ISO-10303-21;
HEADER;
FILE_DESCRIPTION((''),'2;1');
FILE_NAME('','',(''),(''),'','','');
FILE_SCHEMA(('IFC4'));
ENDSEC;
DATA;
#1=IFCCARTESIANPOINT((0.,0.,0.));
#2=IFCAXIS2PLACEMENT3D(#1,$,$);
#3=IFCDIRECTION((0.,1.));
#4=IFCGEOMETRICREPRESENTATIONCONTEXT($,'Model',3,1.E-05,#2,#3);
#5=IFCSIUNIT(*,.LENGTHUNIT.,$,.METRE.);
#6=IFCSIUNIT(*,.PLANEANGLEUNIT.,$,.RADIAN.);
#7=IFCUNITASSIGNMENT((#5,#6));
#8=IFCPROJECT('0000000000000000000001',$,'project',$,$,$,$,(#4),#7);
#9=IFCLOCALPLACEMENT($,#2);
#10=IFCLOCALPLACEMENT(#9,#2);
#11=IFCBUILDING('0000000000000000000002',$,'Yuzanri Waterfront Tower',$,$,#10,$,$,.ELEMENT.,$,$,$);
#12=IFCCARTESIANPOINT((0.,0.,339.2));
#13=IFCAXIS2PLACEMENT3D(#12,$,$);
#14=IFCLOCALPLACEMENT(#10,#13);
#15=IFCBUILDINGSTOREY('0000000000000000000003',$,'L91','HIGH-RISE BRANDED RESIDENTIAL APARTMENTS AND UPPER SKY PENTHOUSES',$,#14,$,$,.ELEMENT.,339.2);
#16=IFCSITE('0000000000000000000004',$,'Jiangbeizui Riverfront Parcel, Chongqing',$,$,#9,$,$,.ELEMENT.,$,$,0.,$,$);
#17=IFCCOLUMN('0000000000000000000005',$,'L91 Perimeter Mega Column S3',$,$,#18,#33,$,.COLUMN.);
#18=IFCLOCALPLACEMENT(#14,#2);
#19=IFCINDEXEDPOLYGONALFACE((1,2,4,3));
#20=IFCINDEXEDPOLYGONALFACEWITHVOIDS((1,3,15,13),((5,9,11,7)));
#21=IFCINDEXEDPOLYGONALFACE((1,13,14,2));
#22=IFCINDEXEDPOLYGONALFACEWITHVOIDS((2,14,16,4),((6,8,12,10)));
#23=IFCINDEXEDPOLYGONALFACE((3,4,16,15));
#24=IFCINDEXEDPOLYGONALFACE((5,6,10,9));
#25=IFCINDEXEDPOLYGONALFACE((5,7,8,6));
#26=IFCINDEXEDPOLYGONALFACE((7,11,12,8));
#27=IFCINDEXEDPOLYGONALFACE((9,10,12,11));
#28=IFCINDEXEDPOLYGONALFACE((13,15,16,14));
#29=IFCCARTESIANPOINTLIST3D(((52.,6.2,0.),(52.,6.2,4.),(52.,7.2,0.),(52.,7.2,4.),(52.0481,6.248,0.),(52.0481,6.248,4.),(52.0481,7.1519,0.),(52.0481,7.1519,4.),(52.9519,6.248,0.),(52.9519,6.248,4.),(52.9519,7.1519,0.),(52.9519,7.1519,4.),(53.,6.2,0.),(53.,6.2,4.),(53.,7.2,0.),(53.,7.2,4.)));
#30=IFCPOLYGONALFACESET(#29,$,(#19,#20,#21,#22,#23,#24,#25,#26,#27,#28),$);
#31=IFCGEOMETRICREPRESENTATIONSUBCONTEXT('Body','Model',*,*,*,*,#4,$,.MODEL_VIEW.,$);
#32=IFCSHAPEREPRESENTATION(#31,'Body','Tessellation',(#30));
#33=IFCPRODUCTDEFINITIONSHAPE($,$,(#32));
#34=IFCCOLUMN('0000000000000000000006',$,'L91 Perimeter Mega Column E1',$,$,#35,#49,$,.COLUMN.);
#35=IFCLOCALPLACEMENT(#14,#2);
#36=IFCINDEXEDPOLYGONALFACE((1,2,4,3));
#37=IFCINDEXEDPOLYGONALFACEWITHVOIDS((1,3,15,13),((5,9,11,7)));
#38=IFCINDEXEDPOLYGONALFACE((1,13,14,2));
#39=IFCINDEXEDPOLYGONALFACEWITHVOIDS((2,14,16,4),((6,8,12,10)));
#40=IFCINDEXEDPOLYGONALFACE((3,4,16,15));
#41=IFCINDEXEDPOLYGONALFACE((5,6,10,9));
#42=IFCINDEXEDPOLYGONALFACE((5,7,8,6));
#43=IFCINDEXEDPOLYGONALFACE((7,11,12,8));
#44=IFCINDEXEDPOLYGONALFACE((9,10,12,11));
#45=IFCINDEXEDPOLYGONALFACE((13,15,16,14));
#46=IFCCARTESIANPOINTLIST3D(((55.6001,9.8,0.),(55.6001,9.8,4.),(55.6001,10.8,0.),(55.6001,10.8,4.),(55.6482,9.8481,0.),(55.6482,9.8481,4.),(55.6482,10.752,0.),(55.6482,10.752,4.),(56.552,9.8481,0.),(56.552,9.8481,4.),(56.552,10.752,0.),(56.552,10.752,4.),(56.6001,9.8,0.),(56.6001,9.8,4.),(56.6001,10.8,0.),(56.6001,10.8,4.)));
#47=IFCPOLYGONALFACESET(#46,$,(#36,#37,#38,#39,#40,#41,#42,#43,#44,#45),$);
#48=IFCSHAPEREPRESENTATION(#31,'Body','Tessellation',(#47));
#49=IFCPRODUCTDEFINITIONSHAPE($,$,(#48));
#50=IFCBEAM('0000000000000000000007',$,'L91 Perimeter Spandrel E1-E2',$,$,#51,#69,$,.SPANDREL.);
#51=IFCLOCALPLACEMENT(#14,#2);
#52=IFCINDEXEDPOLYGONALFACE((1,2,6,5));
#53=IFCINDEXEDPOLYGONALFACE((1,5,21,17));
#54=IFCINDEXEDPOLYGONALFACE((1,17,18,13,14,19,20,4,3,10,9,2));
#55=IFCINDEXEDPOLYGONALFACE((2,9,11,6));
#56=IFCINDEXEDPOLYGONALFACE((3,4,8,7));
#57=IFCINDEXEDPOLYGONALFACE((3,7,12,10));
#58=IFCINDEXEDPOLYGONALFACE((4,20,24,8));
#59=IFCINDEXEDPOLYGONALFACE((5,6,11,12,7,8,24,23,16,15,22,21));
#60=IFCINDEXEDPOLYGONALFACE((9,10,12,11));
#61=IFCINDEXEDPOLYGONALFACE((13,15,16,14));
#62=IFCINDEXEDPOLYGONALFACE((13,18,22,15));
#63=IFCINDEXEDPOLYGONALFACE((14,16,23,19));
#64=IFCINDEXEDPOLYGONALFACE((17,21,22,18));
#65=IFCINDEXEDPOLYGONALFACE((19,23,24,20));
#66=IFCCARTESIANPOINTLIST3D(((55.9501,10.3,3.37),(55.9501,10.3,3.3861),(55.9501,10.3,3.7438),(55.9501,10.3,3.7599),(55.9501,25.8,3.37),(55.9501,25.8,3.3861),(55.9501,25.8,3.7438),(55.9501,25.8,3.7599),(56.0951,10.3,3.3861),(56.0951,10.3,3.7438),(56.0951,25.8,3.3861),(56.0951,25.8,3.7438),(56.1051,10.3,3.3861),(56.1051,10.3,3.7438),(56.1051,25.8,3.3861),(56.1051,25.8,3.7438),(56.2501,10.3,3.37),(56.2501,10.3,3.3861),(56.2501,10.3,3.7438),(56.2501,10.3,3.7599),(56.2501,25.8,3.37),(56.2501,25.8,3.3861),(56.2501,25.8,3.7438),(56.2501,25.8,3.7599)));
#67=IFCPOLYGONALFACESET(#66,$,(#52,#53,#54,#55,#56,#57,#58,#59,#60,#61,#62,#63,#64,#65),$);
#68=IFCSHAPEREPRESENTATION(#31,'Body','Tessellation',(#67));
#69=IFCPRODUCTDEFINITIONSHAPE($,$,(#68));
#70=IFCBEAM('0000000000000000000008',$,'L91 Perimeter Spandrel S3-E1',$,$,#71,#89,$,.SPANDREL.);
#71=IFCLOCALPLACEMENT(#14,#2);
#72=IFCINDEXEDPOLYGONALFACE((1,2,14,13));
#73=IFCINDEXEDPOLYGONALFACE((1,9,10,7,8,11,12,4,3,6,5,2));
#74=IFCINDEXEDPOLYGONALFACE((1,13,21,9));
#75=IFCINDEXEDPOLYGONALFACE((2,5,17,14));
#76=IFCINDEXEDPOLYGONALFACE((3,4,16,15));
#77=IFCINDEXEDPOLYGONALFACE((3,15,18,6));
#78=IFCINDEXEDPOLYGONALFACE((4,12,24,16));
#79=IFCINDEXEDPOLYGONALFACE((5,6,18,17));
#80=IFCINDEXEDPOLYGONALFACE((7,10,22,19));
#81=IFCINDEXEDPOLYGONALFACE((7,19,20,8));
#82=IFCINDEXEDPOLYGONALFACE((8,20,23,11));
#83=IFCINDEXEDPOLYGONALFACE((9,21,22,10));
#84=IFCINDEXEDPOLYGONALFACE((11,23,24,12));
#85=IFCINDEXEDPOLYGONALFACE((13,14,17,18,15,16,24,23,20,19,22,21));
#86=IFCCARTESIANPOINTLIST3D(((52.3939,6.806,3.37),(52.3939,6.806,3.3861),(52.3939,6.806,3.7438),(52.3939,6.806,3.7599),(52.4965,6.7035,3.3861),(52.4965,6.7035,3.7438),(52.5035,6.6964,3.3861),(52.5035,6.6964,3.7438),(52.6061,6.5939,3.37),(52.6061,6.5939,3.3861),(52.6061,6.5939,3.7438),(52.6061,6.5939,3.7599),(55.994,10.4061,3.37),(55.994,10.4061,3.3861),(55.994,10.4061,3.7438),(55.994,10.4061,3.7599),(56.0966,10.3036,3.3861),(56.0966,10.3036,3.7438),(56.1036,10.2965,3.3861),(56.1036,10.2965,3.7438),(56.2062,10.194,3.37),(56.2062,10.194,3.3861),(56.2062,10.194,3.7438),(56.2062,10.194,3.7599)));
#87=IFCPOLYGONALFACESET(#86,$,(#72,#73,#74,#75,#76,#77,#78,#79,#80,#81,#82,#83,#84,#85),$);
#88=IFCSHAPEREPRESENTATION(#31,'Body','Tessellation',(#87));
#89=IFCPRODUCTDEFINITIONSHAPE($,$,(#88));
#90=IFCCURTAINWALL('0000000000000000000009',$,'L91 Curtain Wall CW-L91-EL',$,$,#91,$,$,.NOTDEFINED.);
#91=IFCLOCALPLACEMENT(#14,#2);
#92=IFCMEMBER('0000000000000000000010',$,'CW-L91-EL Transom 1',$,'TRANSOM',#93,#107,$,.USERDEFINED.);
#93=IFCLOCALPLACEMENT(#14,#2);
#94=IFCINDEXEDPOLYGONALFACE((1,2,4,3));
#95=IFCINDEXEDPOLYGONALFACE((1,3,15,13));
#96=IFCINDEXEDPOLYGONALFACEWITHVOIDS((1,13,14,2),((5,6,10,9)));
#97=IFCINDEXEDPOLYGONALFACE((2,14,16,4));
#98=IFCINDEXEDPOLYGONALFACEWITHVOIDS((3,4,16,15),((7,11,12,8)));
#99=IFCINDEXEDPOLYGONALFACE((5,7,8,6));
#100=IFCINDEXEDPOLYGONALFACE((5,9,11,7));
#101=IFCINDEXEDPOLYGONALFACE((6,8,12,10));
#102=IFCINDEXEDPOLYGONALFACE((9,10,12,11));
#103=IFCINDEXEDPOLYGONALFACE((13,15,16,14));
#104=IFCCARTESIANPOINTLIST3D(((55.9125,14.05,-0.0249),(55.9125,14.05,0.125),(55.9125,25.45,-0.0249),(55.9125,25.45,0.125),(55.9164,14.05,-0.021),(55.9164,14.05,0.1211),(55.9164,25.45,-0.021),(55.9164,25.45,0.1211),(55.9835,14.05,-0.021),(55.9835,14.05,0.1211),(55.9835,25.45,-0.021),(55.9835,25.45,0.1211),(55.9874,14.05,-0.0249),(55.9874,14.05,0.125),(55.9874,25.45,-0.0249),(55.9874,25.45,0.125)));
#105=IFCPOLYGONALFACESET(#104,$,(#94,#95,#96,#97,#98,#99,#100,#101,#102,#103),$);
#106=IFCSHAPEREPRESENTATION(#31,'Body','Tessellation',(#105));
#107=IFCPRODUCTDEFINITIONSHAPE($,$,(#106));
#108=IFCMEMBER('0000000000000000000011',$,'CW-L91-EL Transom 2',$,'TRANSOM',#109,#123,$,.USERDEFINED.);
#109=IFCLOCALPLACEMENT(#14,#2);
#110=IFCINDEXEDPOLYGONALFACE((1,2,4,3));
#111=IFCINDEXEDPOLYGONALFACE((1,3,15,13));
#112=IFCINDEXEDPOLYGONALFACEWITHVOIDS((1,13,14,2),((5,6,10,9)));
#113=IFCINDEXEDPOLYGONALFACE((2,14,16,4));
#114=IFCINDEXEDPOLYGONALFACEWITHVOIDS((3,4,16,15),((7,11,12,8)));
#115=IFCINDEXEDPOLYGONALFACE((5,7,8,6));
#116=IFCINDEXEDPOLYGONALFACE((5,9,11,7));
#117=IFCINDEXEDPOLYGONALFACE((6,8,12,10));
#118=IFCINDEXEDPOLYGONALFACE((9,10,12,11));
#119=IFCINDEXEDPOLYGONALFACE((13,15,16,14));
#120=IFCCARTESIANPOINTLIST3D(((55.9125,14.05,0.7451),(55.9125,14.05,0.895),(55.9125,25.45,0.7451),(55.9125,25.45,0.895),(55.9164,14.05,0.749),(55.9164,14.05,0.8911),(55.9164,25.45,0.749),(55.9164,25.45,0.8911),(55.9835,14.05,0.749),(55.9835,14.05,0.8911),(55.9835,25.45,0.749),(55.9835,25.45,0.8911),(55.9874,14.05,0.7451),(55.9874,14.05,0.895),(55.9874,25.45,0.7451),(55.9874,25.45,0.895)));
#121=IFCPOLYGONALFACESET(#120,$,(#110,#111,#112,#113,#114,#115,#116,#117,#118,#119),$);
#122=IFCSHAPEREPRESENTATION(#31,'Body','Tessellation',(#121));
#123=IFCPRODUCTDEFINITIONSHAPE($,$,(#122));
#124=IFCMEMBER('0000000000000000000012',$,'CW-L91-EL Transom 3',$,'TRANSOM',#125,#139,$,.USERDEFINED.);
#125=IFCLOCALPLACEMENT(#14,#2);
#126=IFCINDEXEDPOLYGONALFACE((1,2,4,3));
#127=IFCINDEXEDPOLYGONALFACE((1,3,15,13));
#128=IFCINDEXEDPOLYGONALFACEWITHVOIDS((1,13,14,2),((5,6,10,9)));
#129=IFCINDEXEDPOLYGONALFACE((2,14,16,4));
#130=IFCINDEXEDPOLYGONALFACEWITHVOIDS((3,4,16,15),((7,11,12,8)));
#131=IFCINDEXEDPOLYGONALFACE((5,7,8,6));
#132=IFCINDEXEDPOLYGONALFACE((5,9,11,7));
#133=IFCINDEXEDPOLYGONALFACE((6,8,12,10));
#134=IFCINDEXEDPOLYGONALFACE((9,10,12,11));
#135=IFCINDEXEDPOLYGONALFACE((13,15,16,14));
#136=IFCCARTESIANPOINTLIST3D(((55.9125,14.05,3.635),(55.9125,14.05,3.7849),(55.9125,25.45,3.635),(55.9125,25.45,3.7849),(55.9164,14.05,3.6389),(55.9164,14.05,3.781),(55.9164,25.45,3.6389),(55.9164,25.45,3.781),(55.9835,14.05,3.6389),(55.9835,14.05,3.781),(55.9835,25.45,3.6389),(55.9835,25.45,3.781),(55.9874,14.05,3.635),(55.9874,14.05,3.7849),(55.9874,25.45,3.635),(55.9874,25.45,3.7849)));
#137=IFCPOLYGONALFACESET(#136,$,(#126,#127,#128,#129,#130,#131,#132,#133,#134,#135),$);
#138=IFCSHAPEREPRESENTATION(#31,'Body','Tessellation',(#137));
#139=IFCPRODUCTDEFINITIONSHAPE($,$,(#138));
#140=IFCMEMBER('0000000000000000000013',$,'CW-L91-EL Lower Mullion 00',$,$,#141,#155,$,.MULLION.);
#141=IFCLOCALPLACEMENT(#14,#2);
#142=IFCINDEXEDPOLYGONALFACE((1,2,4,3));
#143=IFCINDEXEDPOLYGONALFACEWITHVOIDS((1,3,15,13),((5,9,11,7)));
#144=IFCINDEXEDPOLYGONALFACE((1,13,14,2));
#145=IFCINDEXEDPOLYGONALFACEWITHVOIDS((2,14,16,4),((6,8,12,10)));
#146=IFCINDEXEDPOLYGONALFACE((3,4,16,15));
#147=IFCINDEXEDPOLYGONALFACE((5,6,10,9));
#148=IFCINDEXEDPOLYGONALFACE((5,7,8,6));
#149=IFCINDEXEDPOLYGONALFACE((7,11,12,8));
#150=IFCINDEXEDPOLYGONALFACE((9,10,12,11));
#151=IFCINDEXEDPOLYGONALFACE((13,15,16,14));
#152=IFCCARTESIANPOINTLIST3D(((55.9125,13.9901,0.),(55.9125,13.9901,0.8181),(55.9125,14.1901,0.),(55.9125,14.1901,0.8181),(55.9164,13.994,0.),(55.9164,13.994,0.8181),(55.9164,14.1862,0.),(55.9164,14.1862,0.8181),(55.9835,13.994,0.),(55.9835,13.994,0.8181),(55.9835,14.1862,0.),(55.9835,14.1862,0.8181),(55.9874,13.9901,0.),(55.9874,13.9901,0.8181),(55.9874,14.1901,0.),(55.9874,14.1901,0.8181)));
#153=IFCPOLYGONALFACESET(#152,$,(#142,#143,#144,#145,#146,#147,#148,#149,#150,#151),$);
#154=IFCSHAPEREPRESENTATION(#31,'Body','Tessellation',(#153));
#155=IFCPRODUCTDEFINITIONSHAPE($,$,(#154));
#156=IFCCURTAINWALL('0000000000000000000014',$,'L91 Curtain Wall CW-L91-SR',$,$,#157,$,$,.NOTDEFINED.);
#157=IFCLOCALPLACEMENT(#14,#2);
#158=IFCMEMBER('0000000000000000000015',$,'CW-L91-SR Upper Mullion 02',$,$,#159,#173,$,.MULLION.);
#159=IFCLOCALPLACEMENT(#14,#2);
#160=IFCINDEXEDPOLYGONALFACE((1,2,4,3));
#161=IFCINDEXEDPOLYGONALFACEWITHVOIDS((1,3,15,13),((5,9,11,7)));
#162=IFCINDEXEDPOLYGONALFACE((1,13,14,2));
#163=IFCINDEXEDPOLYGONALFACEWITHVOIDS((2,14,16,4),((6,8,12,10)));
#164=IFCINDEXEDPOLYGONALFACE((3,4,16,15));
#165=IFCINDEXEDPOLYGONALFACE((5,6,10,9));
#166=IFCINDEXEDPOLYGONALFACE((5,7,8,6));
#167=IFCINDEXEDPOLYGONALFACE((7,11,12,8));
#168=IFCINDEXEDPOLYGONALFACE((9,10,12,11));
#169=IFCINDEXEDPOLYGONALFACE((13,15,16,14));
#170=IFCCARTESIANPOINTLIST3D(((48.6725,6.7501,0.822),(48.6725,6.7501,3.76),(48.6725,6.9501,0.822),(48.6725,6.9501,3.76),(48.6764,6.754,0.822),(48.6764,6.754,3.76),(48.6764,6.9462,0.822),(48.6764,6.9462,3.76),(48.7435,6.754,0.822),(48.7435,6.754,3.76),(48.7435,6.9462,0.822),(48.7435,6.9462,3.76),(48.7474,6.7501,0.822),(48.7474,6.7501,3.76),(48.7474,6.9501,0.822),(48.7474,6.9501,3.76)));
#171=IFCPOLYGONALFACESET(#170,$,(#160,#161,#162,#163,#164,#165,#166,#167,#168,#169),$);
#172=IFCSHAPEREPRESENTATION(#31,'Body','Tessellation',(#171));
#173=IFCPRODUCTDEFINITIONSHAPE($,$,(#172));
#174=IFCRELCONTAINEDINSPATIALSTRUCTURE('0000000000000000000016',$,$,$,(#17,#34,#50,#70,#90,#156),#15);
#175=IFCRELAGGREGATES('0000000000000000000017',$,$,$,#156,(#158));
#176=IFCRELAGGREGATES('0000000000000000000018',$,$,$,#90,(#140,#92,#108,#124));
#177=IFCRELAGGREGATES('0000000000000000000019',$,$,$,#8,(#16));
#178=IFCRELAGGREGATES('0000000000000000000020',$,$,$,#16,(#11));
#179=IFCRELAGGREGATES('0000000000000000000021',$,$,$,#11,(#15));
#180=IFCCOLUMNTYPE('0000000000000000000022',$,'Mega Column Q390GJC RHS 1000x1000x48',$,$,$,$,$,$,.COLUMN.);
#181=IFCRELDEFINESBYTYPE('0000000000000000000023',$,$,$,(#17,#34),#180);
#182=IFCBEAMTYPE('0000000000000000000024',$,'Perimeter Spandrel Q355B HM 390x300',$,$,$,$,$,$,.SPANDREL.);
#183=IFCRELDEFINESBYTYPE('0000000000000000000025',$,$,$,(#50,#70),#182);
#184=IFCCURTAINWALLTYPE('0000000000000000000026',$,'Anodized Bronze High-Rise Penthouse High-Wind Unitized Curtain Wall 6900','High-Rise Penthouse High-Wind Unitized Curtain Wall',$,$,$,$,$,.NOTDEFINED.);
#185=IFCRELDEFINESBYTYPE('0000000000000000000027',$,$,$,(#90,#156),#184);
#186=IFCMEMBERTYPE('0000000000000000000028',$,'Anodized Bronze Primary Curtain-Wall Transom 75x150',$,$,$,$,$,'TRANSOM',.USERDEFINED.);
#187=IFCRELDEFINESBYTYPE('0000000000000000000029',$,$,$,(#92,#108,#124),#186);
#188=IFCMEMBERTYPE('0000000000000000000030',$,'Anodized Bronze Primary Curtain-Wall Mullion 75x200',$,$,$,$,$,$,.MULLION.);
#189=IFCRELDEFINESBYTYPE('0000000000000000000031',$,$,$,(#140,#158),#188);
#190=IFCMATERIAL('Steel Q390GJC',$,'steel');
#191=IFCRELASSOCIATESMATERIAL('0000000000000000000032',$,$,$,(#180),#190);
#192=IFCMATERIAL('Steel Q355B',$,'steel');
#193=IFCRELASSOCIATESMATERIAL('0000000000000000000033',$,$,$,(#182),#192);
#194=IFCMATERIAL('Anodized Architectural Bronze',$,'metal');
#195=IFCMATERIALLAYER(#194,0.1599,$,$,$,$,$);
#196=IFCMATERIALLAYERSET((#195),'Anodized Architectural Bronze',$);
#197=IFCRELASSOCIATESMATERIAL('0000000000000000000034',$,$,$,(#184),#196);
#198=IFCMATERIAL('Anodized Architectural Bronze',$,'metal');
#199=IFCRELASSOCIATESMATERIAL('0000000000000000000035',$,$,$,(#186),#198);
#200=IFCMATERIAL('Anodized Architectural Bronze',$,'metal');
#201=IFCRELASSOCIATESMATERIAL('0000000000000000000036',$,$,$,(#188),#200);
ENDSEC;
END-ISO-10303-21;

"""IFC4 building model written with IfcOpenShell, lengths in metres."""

from ifc_helpers import new_model, si_unit, direction, frame, origin, origin_2d, place, context, subcontext, project, spatial, hollow_rectangle, i_section, extrude, source, transform, mapped, material, layer, layer_set, material_profile, profile_set, type_object, element, aggregate, save


model = new_model("IFC4")

# Units and contexts
model_context = context("Model", 3, precision=1e-05, world=origin(), true_north=direction((0.0, 1.0)))
body_context = subcontext(model_context, "Body", "Model", "MODEL_VIEW")
ifc_project = project(units=[si_unit("LENGTHUNIT", "METRE"), si_unit("PLANEANGLEUNIT", "RADIAN")], contexts=[model_context])

# Site, building, storey
site_placement = place(None, origin())
site = spatial("IfcSite", under=ifc_project, at=site_placement, Name="Jiangbeizui Riverfront Parcel, Chongqing", CompositionType="ELEMENT", RefElevation=0.0)
building_placement = place(site_placement, origin())
building = spatial("IfcBuilding", under=site, at=building_placement, Name="Yuzanri Waterfront Tower", CompositionType="ELEMENT")
storey_placement = place(building_placement, frame((0.0, 0.0, 339.2)))
storey = spatial("IfcBuildingStorey", under=building, at=storey_placement, Name="L91", Description="HIGH-RISE BRANDED RESIDENTIAL APARTMENTS AND UPPER SKY PENTHOUSES", CompositionType="ELEMENT", Elevation=339.2)

# Columns
ifc_material_1 = material(Name="Steel Q390GJC", Category="steel")
ifc_material_profile_1 = material_profile(ifc_material_1, hollow_rectangle(XDim=1.0, YDim=1.0, WallThickness=0.0481, at=origin_2d()), Name="RHS 1000x1000x48")
ifc_profile_set_1 = profile_set([ifc_material_profile_1], Name="Steel Q390GJC")
column_type = type_object("IfcColumnType", Name="Mega Column Q390GJC RHS 1000x1000x48", PredefinedType="COLUMN", material=ifc_profile_set_1)
shared_shape_1 = source(origin(), body_context, "Body", "SweptSolid", [
    extrude(hollow_rectangle(XDim=1.0, YDim=1.0, WallThickness=0.0481, at=origin_2d()), origin(), (0.0, 0.0, 1.0), 4.0),
])
for number, where, z_axis, x_axis, name in (
    (1, (52.5, 6.7, 0.0), (0.0, 0.0, 1.0), (1.0, 0.0, 0.0), "L91 Perimeter Mega Column S3"),
    (2, (56.1001, 10.3, 0.0), (0.0, 0.0, 1.0), (1.0, 0.0, 0.0), "L91 Perimeter Mega Column E1"),
):
    element("IfcColumn", number, at=place(storey_placement, frame(where, z_axis=z_axis, x_axis=x_axis)), inside=storey, type_object=column_type, Name=name, PredefinedType="COLUMN", context=body_context, shape_type="MappedRepresentation", body=[
        mapped(shared_shape_1, transform((0.0, 0.0, 0.0), scale=1.0)),
    ])

# Beams
ifc_material_2 = material(Name="Steel Q355B", Category="steel")
ifc_material_profile_2 = material_profile(ifc_material_2, i_section(OverallWidth=0.3, OverallDepth=0.3899, WebThickness=0.01, FlangeThickness=0.0161, at=origin_2d()), Name="HM 390x300x10x16")
ifc_profile_set_2 = profile_set([ifc_material_profile_2], Name="Steel Q355B")
beam_type = type_object("IfcBeamType", Name="Perimeter Spandrel Q355B HM 390x300", PredefinedType="SPANDREL", material=ifc_profile_set_2)
shared_shape_2 = source(origin(), body_context, "Body", "SweptSolid", [
    extrude(i_section(OverallWidth=0.3, OverallDepth=0.3899, WebThickness=0.01, FlangeThickness=0.0161, at=origin_2d()), origin(), (0.0, 0.0, 1.0), 15.5),
])
beam_1_placement = place(storey_placement, frame((56.1001, 10.3, 3.5649), z_axis=(0.0, 1.0, 0.0), x_axis=(-1.0, 0.0, 0.0)))
element("IfcBeam", 3, at=beam_1_placement, inside=storey, type_object=beam_type, Name="L91 Perimeter Spandrel E1-E2", PredefinedType="SPANDREL", context=body_context, shape_type="MappedRepresentation", body=[
    mapped(shared_shape_2, transform((0.0, 0.0, 0.0), scale=1.0)),
])
shared_shape_3 = source(origin(), body_context, "Body", "SweptSolid", [
    extrude(i_section(OverallWidth=0.3, OverallDepth=0.3899, WebThickness=0.01, FlangeThickness=0.0161, at=origin_2d()), origin(), (0.0, 0.0, 1.0), 5.0913),
])
beam_2_placement = place(storey_placement, frame((52.5, 6.7, 3.5649), z_axis=(0.707107, 0.707107, 0.0), x_axis=(-0.707107, 0.707107, 0.0)))
element("IfcBeam", 4, at=beam_2_placement, inside=storey, type_object=beam_type, Name="L91 Perimeter Spandrel S3-E1", PredefinedType="SPANDREL", context=body_context, shape_type="MappedRepresentation", body=[
    mapped(shared_shape_3, transform((0.0, 0.0, 0.0), scale=1.0)),
])

# Curtain wall, members
ifc_material_3 = material(Name="Anodized Architectural Bronze", Category="metal")
ifc_layer_1 = layer(ifc_material_3, 0.1599)
ifc_layer_set_1 = layer_set([ifc_layer_1], Name="Anodized Architectural Bronze")
curtain_wall_type = type_object("IfcCurtainWallType", Name="Anodized Bronze High-Rise Penthouse High-Wind Unitized Curtain Wall 6900", Description="High-Rise Penthouse High-Wind Unitized Curtain Wall", PredefinedType="NOTDEFINED", material=ifc_layer_set_1)
curtain_wall_1_placement = place(storey_placement, origin())
curtain_wall_1 = element("IfcCurtainWall", 5, at=curtain_wall_1_placement, inside=storey, type_object=curtain_wall_type, Name="L91 Curtain Wall CW-L91-EL", PredefinedType="NOTDEFINED")
ifc_material_4 = material(Name="Anodized Architectural Bronze", Category="metal")
ifc_material_profile_3 = material_profile(ifc_material_4, hollow_rectangle(XDim=0.075, YDim=0.1499, WallThickness=0.0039, at=origin_2d()), Name="CWT 75x150")
ifc_profile_set_3 = profile_set([ifc_material_profile_3], Name="Anodized Architectural Bronze")
member_type_1 = type_object("IfcMemberType", Name="Anodized Bronze Primary Curtain-Wall Transom 75x150", ElementType="TRANSOM", PredefinedType="USERDEFINED", material=ifc_profile_set_3)
shared_shape_4 = source(origin(), body_context, "Body", "SweptSolid", [
    extrude(hollow_rectangle(XDim=0.075, YDim=0.1499, WallThickness=0.0039, at=origin_2d()), origin(), (0.0, 0.0, 1.0), 11.3999),
])
member_1_placement = place(storey_placement, frame((55.95, 14.05, 0.05), z_axis=(0.0, 1.0, 0.0), x_axis=(-1.0, 0.0, 0.0)))
member_1 = element("IfcMember", 6, at=member_1_placement, type_object=member_type_1, Name="CW-L91-EL Transom 1", ObjectType="TRANSOM", PredefinedType="USERDEFINED", context=body_context, shape_type="MappedRepresentation", body=[
    mapped(shared_shape_4, transform((0.0, 0.0, 0.0), scale=1.0)),
])
member_2_placement = place(storey_placement, frame((55.95, 14.05, 0.8201), z_axis=(0.0, 1.0, 0.0), x_axis=(-1.0, 0.0, 0.0)))
member_2 = element("IfcMember", 7, at=member_2_placement, type_object=member_type_1, Name="CW-L91-EL Transom 2", ObjectType="TRANSOM", PredefinedType="USERDEFINED", context=body_context, shape_type="MappedRepresentation", body=[
    mapped(shared_shape_4, transform((0.0, 0.0, 0.0), scale=1.0)),
])
member_3_placement = place(storey_placement, frame((55.95, 14.05, 3.71), z_axis=(0.0, 1.0, 0.0), x_axis=(-1.0, 0.0, 0.0)))
member_3 = element("IfcMember", 8, at=member_3_placement, type_object=member_type_1, Name="CW-L91-EL Transom 3", ObjectType="TRANSOM", PredefinedType="USERDEFINED", context=body_context, shape_type="MappedRepresentation", body=[
    mapped(shared_shape_4, transform((0.0, 0.0, 0.0), scale=1.0)),
])
ifc_material_5 = material(Name="Anodized Architectural Bronze", Category="metal")
ifc_material_profile_4 = material_profile(ifc_material_5, hollow_rectangle(XDim=0.075, YDim=0.2, WallThickness=0.0039, at=origin_2d()), Name="CWM 75x200")
ifc_profile_set_4 = profile_set([ifc_material_profile_4], Name="Anodized Architectural Bronze")
member_type_2 = type_object("IfcMemberType", Name="Anodized Bronze Primary Curtain-Wall Mullion 75x200", PredefinedType="MULLION", material=ifc_profile_set_4)
shared_shape_5 = source(origin(), body_context, "Body", "SweptSolid", [
    extrude(hollow_rectangle(XDim=0.075, YDim=0.2, WallThickness=0.0039, at=origin_2d()), origin(), (0.0, 0.0, 1.0), 0.8181),
])
member_4_placement = place(storey_placement, frame((55.95, 14.0901, 0.0), z_axis=(0.0, 0.0, 1.0), x_axis=(1.0, 0.0, 0.0)))
member_4 = element("IfcMember", 9, at=member_4_placement, type_object=member_type_2, Name="CW-L91-EL Lower Mullion 00", PredefinedType="MULLION", context=body_context, shape_type="MappedRepresentation", body=[
    mapped(shared_shape_5, transform((0.0, 0.0, 0.0), scale=1.0)),
])

# Curtain wall, member
curtain_wall_2_placement = place(storey_placement, origin())
curtain_wall_2 = element("IfcCurtainWall", 10, at=curtain_wall_2_placement, inside=storey, type_object=curtain_wall_type, Name="L91 Curtain Wall CW-L91-SR", PredefinedType="NOTDEFINED")
shared_shape_6 = source(origin(), body_context, "Body", "SweptSolid", [
    extrude(hollow_rectangle(XDim=0.075, YDim=0.2, WallThickness=0.0039, at=origin_2d()), origin(), (0.0, 0.0, 1.0), 2.938),
])
member_5_placement = place(storey_placement, frame((48.71, 6.8501, 0.822), z_axis=(0.0, 0.0, 1.0), x_axis=(1.0, 0.0, 0.0)))
member_5 = element("IfcMember", 11, at=member_5_placement, type_object=member_type_2, Name="CW-L91-SR Upper Mullion 02", PredefinedType="MULLION", context=body_context, shape_type="MappedRepresentation", body=[
    mapped(shared_shape_6, transform((0.0, 0.0, 0.0), scale=1.0)),
])
aggregate(curtain_wall_2, [member_5])

aggregate(curtain_wall_1, [member_4, member_1, member_2, member_3])

save(model, "model.ifc")
